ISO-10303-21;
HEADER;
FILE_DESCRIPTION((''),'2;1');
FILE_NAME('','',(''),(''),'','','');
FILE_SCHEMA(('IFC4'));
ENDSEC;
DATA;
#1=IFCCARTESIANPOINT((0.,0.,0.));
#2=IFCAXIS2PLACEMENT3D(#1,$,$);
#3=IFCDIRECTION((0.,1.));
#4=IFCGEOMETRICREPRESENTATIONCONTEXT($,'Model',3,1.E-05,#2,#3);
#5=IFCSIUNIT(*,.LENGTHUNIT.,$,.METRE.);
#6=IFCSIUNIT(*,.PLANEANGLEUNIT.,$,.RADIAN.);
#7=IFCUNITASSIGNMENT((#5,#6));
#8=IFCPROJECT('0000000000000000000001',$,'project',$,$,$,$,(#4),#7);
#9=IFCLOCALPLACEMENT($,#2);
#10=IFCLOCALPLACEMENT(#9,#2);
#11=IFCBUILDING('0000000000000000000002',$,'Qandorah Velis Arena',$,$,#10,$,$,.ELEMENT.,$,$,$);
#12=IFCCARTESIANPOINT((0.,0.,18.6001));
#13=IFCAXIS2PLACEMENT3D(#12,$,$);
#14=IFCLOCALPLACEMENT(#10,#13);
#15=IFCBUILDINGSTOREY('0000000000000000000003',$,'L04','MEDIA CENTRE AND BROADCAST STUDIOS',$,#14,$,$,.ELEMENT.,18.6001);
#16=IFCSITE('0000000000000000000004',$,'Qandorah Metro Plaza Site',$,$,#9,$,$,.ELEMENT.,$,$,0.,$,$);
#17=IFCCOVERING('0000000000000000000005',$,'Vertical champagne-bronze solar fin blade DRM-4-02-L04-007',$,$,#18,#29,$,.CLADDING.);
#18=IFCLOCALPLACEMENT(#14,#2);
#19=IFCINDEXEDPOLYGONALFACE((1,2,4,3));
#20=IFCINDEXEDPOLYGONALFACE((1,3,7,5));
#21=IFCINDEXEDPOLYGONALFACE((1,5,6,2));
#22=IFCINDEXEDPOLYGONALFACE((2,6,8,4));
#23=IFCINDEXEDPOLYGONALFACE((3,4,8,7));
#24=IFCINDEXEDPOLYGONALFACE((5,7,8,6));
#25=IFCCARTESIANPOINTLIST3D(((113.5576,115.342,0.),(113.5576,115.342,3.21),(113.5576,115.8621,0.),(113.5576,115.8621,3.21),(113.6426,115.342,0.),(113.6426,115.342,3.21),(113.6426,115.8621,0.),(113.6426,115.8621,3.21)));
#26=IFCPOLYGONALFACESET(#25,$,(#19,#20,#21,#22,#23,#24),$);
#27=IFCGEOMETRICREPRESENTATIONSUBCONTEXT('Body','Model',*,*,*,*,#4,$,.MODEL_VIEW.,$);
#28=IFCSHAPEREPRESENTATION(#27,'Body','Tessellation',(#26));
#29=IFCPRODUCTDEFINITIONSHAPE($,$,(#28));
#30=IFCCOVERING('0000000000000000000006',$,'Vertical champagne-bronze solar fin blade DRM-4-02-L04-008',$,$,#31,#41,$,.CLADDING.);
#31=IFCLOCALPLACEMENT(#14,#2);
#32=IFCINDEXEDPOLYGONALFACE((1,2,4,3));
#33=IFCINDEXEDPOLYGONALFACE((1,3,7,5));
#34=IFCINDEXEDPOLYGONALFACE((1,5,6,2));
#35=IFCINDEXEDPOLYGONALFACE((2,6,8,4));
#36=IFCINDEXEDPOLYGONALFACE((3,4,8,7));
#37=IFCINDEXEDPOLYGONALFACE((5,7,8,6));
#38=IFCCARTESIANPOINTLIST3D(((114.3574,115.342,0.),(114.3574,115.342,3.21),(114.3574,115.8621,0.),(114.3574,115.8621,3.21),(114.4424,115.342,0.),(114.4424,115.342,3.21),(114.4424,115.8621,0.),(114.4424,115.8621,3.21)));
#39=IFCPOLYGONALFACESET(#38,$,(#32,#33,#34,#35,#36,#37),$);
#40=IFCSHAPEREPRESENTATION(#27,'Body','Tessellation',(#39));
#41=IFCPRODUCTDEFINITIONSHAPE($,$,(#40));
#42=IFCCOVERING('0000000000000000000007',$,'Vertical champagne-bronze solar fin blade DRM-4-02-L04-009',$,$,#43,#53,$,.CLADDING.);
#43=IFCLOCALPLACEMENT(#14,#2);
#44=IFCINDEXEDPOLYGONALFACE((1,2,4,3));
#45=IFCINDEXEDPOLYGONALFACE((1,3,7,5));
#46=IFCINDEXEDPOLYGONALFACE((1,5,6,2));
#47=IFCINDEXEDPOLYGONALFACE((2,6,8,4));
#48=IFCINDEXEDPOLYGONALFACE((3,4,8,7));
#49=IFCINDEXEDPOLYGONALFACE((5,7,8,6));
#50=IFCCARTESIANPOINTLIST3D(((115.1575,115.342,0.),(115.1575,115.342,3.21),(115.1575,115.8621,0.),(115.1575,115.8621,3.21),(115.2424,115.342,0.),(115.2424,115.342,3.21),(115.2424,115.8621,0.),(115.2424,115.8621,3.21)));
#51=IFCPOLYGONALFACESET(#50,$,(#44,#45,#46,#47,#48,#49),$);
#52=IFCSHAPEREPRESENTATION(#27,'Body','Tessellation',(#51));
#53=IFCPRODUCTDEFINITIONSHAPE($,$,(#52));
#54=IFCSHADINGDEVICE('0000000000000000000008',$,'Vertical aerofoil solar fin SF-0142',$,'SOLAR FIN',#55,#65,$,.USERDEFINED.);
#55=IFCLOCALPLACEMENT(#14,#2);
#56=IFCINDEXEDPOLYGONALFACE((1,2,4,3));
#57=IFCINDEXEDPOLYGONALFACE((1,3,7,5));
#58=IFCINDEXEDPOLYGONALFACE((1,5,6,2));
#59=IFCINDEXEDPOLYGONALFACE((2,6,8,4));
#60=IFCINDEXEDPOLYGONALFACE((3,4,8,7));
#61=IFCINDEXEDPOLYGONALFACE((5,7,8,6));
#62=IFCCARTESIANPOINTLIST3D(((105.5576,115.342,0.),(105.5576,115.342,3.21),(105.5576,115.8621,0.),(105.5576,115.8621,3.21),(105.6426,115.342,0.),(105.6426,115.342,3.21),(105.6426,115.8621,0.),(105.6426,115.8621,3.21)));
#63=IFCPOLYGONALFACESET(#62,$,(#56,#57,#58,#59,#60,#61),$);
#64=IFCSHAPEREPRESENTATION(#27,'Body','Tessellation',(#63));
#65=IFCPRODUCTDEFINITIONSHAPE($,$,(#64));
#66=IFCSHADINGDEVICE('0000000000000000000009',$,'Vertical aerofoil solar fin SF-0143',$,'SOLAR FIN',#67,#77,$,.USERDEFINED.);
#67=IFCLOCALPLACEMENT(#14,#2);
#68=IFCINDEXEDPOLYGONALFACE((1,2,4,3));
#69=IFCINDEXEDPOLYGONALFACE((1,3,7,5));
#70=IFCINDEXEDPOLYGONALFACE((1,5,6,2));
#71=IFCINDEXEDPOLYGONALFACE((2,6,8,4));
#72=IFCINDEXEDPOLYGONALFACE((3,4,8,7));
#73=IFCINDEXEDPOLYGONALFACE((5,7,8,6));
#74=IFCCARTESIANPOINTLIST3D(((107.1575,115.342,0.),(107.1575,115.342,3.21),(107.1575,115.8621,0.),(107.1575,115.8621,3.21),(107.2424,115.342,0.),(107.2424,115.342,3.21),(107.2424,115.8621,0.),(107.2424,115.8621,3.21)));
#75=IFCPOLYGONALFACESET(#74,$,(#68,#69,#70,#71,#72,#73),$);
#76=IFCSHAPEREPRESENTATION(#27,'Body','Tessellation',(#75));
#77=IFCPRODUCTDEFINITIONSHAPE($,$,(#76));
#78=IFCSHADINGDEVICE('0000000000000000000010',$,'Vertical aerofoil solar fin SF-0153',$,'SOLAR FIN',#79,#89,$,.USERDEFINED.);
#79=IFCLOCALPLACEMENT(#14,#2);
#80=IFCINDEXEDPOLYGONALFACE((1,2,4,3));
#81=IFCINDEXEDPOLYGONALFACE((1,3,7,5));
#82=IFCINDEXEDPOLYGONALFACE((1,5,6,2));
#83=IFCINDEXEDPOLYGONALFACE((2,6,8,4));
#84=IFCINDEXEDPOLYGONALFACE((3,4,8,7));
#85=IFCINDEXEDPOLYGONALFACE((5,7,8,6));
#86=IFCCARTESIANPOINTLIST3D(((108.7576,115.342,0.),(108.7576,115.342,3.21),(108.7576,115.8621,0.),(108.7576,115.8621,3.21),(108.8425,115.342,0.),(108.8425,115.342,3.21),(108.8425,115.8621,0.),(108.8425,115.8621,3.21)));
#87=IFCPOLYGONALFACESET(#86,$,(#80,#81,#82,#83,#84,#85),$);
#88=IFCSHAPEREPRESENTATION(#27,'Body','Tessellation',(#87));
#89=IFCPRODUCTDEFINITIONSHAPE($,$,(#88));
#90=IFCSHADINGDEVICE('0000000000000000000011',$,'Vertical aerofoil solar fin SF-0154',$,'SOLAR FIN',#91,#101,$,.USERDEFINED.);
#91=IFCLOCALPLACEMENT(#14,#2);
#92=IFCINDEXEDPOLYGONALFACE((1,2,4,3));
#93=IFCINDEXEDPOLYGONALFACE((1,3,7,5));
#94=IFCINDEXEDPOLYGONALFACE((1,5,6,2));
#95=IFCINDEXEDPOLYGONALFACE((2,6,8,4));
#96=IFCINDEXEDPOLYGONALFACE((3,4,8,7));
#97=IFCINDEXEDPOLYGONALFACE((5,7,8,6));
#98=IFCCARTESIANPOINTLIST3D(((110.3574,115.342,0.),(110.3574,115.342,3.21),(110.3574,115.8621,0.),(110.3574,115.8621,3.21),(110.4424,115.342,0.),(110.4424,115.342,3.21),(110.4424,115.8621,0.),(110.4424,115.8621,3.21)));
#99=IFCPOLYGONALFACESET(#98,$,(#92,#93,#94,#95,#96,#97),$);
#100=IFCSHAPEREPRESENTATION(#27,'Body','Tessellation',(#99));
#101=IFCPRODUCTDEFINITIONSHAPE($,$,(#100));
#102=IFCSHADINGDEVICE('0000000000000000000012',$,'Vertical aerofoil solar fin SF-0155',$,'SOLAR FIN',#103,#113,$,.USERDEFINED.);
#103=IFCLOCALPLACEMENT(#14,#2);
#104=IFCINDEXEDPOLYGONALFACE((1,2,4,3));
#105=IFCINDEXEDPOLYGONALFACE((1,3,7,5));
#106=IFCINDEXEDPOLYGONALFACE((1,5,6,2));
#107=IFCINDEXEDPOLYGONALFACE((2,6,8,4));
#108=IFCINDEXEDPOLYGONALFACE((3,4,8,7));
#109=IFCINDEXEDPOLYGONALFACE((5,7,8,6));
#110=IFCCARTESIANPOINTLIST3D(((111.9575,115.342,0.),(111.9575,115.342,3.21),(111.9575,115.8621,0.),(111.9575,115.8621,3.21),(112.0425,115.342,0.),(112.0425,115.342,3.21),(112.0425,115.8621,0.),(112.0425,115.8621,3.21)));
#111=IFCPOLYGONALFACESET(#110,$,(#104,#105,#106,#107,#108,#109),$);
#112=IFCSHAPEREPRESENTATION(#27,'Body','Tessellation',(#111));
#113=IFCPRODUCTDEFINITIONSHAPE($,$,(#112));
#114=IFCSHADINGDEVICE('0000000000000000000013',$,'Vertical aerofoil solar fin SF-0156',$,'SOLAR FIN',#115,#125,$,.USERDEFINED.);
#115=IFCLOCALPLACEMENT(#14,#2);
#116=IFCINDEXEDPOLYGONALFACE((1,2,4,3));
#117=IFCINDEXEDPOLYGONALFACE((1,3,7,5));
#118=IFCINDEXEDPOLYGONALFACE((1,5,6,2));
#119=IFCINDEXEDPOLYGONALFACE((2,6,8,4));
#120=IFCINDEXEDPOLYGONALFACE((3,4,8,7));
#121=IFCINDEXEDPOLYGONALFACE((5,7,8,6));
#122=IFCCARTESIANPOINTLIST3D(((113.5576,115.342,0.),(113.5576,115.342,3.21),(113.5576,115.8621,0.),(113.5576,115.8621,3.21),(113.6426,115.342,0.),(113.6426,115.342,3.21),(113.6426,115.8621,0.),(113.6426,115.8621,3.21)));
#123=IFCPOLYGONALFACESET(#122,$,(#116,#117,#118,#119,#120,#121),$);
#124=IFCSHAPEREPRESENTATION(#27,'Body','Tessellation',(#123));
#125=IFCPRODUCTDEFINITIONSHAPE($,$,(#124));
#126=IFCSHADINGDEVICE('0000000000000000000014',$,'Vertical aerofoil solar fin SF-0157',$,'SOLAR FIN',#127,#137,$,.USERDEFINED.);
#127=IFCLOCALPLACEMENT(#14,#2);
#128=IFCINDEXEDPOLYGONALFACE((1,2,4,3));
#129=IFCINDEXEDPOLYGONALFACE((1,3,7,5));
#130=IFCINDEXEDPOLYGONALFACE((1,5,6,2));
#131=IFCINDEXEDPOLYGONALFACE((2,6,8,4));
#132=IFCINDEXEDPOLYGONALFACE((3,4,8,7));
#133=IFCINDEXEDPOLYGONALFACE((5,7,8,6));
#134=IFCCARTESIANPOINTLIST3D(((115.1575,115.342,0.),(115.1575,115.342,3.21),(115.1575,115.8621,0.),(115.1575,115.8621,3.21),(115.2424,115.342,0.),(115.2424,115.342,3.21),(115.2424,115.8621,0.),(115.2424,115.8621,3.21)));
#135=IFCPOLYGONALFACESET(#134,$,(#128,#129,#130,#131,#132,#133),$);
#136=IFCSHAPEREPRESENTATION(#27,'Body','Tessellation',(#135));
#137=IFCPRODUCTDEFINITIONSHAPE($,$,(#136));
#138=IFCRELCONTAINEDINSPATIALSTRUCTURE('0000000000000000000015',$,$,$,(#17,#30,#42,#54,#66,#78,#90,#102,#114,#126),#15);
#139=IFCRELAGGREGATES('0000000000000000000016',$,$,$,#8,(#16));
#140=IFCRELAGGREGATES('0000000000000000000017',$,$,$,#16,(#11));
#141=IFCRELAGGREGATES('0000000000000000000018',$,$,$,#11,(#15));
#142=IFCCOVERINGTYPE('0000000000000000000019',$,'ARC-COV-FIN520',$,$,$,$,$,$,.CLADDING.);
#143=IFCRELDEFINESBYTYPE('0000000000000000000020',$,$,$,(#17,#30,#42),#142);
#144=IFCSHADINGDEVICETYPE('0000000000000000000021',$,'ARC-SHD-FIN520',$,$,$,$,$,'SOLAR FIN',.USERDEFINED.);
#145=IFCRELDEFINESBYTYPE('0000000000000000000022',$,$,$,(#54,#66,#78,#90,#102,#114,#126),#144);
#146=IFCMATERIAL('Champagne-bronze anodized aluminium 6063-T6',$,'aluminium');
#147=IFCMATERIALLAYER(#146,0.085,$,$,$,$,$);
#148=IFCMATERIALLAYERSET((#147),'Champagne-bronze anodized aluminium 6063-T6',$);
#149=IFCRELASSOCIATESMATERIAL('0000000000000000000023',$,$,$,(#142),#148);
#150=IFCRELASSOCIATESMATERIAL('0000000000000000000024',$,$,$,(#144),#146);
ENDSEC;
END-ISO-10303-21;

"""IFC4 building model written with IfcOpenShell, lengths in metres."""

from ifc_helpers import new_model, si_unit, direction, frame, origin, origin_2d, place, context, subcontext, project, spatial, rectangle, extrude, material, layer, layer_set, type_object, element, save


model = new_model("IFC4")

# Units and contexts
model_context = context("Model", 3, precision=1e-05, world=origin(), true_north=direction((0.0, 1.0)))
body_context = subcontext(model_context, "Body", "Model", "MODEL_VIEW")
ifc_project = project(units=[si_unit("LENGTHUNIT", "METRE"), si_unit("PLANEANGLEUNIT", "RADIAN")], contexts=[model_context])

# Site, building, storey
site_placement = place(None, origin())
site = spatial("IfcSite", under=ifc_project, at=site_placement, Name="Qandorah Metro Plaza Site", CompositionType="ELEMENT", RefElevation=0.0)
building_placement = place(site_placement, origin())
building = spatial("IfcBuilding", under=site, at=building_placement, Name="Qandorah Velis Arena", CompositionType="ELEMENT")
storey_placement = place(building_placement, frame((0.0, 0.0, 18.6001)))
storey = spatial("IfcBuildingStorey", under=building, at=storey_placement, Name="L04", Description="MEDIA CENTRE AND BROADCAST STUDIOS", CompositionType="ELEMENT", Elevation=18.6001)

# Coverings
ifc_material_1 = material(Name="Champagne-bronze anodized aluminium 6063-T6", Category="aluminium")
ifc_layer = layer(ifc_material_1, 0.085)
ifc_layer_set = layer_set([ifc_layer], Name="Champagne-bronze anodized aluminium 6063-T6")
covering_type = type_object("IfcCoveringType", Name="ARC-COV-FIN520", PredefinedType="CLADDING", material=ifc_layer_set)
for number, where, z_axis, x_axis, name in (
    (1, (113.6001, 115.6021, 0.0), (0.0, 0.0, 1.0), (1.0, 0.0, 0.0), "Vertical champagne-bronze solar fin blade DRM-4-02-L04-007"),
    (2, (114.3999, 115.6021, 0.0), (0.0, 0.0, 1.0), (1.0, 0.0, 0.0), "Vertical champagne-bronze solar fin blade DRM-4-02-L04-008"),
    (3, (115.2, 115.6021, 0.0), (0.0, 0.0, 1.0), (1.0, 0.0, 0.0), "Vertical champagne-bronze solar fin blade DRM-4-02-L04-009"),
):
    element("IfcCovering", number, at=place(storey_placement, frame(where, z_axis=z_axis, x_axis=x_axis)), inside=storey, type_object=covering_type, Name=name, PredefinedType="CLADDING", context=body_context, shape_type="SweptSolid", body=[
        extrude(rectangle(XDim=0.085, YDim=0.52, at=origin_2d()), origin(), (0.0, 0.0, 1.0), 3.21),
    ])

# Shading devices
shading_device_type = type_object("IfcShadingDeviceType", Name="ARC-SHD-FIN520", ElementType="SOLAR FIN", PredefinedType="USERDEFINED", material=ifc_material_1)
for number, where, z_axis, x_axis, name in (
    (4, (105.6001, 115.6021, 0.0), (0.0, 0.0, 1.0), (1.0, 0.0, 0.0), "Vertical aerofoil solar fin SF-0142"),
    (5, (107.2, 115.6021, 0.0), (0.0, 0.0, 1.0), (1.0, 0.0, 0.0), "Vertical aerofoil solar fin SF-0143"),
    (6, (108.8, 115.6021, 0.0), (0.0, 0.0, 1.0), (1.0, 0.0, 0.0), "Vertical aerofoil solar fin SF-0153"),
    (7, (110.3999, 115.6021, 0.0), (0.0, 0.0, 1.0), (1.0, 0.0, 0.0), "Vertical aerofoil solar fin SF-0154"),
    (8, (112.0, 115.6021, 0.0), (0.0, 0.0, 1.0), (1.0, 0.0, 0.0), "Vertical aerofoil solar fin SF-0155"),
    (9, (113.6001, 115.6021, 0.0), (0.0, 0.0, 1.0), (1.0, 0.0, 0.0), "Vertical aerofoil solar fin SF-0156"),
    (10, (115.2, 115.6021, 0.0), (0.0, 0.0, 1.0), (1.0, 0.0, 0.0), "Vertical aerofoil solar fin SF-0157"),
):
    element("IfcShadingDevice", number, at=place(storey_placement, frame(where, z_axis=z_axis, x_axis=x_axis)), inside=storey, type_object=shading_device_type, Name=name, ObjectType="SOLAR FIN", PredefinedType="USERDEFINED", context=body_context, shape_type="SweptSolid", body=[
        extrude(rectangle(XDim=0.085, YDim=0.52, at=origin_2d()), origin(), (0.0, 0.0, 1.0), 3.21),
    ])

save(model, "model.ifc")
